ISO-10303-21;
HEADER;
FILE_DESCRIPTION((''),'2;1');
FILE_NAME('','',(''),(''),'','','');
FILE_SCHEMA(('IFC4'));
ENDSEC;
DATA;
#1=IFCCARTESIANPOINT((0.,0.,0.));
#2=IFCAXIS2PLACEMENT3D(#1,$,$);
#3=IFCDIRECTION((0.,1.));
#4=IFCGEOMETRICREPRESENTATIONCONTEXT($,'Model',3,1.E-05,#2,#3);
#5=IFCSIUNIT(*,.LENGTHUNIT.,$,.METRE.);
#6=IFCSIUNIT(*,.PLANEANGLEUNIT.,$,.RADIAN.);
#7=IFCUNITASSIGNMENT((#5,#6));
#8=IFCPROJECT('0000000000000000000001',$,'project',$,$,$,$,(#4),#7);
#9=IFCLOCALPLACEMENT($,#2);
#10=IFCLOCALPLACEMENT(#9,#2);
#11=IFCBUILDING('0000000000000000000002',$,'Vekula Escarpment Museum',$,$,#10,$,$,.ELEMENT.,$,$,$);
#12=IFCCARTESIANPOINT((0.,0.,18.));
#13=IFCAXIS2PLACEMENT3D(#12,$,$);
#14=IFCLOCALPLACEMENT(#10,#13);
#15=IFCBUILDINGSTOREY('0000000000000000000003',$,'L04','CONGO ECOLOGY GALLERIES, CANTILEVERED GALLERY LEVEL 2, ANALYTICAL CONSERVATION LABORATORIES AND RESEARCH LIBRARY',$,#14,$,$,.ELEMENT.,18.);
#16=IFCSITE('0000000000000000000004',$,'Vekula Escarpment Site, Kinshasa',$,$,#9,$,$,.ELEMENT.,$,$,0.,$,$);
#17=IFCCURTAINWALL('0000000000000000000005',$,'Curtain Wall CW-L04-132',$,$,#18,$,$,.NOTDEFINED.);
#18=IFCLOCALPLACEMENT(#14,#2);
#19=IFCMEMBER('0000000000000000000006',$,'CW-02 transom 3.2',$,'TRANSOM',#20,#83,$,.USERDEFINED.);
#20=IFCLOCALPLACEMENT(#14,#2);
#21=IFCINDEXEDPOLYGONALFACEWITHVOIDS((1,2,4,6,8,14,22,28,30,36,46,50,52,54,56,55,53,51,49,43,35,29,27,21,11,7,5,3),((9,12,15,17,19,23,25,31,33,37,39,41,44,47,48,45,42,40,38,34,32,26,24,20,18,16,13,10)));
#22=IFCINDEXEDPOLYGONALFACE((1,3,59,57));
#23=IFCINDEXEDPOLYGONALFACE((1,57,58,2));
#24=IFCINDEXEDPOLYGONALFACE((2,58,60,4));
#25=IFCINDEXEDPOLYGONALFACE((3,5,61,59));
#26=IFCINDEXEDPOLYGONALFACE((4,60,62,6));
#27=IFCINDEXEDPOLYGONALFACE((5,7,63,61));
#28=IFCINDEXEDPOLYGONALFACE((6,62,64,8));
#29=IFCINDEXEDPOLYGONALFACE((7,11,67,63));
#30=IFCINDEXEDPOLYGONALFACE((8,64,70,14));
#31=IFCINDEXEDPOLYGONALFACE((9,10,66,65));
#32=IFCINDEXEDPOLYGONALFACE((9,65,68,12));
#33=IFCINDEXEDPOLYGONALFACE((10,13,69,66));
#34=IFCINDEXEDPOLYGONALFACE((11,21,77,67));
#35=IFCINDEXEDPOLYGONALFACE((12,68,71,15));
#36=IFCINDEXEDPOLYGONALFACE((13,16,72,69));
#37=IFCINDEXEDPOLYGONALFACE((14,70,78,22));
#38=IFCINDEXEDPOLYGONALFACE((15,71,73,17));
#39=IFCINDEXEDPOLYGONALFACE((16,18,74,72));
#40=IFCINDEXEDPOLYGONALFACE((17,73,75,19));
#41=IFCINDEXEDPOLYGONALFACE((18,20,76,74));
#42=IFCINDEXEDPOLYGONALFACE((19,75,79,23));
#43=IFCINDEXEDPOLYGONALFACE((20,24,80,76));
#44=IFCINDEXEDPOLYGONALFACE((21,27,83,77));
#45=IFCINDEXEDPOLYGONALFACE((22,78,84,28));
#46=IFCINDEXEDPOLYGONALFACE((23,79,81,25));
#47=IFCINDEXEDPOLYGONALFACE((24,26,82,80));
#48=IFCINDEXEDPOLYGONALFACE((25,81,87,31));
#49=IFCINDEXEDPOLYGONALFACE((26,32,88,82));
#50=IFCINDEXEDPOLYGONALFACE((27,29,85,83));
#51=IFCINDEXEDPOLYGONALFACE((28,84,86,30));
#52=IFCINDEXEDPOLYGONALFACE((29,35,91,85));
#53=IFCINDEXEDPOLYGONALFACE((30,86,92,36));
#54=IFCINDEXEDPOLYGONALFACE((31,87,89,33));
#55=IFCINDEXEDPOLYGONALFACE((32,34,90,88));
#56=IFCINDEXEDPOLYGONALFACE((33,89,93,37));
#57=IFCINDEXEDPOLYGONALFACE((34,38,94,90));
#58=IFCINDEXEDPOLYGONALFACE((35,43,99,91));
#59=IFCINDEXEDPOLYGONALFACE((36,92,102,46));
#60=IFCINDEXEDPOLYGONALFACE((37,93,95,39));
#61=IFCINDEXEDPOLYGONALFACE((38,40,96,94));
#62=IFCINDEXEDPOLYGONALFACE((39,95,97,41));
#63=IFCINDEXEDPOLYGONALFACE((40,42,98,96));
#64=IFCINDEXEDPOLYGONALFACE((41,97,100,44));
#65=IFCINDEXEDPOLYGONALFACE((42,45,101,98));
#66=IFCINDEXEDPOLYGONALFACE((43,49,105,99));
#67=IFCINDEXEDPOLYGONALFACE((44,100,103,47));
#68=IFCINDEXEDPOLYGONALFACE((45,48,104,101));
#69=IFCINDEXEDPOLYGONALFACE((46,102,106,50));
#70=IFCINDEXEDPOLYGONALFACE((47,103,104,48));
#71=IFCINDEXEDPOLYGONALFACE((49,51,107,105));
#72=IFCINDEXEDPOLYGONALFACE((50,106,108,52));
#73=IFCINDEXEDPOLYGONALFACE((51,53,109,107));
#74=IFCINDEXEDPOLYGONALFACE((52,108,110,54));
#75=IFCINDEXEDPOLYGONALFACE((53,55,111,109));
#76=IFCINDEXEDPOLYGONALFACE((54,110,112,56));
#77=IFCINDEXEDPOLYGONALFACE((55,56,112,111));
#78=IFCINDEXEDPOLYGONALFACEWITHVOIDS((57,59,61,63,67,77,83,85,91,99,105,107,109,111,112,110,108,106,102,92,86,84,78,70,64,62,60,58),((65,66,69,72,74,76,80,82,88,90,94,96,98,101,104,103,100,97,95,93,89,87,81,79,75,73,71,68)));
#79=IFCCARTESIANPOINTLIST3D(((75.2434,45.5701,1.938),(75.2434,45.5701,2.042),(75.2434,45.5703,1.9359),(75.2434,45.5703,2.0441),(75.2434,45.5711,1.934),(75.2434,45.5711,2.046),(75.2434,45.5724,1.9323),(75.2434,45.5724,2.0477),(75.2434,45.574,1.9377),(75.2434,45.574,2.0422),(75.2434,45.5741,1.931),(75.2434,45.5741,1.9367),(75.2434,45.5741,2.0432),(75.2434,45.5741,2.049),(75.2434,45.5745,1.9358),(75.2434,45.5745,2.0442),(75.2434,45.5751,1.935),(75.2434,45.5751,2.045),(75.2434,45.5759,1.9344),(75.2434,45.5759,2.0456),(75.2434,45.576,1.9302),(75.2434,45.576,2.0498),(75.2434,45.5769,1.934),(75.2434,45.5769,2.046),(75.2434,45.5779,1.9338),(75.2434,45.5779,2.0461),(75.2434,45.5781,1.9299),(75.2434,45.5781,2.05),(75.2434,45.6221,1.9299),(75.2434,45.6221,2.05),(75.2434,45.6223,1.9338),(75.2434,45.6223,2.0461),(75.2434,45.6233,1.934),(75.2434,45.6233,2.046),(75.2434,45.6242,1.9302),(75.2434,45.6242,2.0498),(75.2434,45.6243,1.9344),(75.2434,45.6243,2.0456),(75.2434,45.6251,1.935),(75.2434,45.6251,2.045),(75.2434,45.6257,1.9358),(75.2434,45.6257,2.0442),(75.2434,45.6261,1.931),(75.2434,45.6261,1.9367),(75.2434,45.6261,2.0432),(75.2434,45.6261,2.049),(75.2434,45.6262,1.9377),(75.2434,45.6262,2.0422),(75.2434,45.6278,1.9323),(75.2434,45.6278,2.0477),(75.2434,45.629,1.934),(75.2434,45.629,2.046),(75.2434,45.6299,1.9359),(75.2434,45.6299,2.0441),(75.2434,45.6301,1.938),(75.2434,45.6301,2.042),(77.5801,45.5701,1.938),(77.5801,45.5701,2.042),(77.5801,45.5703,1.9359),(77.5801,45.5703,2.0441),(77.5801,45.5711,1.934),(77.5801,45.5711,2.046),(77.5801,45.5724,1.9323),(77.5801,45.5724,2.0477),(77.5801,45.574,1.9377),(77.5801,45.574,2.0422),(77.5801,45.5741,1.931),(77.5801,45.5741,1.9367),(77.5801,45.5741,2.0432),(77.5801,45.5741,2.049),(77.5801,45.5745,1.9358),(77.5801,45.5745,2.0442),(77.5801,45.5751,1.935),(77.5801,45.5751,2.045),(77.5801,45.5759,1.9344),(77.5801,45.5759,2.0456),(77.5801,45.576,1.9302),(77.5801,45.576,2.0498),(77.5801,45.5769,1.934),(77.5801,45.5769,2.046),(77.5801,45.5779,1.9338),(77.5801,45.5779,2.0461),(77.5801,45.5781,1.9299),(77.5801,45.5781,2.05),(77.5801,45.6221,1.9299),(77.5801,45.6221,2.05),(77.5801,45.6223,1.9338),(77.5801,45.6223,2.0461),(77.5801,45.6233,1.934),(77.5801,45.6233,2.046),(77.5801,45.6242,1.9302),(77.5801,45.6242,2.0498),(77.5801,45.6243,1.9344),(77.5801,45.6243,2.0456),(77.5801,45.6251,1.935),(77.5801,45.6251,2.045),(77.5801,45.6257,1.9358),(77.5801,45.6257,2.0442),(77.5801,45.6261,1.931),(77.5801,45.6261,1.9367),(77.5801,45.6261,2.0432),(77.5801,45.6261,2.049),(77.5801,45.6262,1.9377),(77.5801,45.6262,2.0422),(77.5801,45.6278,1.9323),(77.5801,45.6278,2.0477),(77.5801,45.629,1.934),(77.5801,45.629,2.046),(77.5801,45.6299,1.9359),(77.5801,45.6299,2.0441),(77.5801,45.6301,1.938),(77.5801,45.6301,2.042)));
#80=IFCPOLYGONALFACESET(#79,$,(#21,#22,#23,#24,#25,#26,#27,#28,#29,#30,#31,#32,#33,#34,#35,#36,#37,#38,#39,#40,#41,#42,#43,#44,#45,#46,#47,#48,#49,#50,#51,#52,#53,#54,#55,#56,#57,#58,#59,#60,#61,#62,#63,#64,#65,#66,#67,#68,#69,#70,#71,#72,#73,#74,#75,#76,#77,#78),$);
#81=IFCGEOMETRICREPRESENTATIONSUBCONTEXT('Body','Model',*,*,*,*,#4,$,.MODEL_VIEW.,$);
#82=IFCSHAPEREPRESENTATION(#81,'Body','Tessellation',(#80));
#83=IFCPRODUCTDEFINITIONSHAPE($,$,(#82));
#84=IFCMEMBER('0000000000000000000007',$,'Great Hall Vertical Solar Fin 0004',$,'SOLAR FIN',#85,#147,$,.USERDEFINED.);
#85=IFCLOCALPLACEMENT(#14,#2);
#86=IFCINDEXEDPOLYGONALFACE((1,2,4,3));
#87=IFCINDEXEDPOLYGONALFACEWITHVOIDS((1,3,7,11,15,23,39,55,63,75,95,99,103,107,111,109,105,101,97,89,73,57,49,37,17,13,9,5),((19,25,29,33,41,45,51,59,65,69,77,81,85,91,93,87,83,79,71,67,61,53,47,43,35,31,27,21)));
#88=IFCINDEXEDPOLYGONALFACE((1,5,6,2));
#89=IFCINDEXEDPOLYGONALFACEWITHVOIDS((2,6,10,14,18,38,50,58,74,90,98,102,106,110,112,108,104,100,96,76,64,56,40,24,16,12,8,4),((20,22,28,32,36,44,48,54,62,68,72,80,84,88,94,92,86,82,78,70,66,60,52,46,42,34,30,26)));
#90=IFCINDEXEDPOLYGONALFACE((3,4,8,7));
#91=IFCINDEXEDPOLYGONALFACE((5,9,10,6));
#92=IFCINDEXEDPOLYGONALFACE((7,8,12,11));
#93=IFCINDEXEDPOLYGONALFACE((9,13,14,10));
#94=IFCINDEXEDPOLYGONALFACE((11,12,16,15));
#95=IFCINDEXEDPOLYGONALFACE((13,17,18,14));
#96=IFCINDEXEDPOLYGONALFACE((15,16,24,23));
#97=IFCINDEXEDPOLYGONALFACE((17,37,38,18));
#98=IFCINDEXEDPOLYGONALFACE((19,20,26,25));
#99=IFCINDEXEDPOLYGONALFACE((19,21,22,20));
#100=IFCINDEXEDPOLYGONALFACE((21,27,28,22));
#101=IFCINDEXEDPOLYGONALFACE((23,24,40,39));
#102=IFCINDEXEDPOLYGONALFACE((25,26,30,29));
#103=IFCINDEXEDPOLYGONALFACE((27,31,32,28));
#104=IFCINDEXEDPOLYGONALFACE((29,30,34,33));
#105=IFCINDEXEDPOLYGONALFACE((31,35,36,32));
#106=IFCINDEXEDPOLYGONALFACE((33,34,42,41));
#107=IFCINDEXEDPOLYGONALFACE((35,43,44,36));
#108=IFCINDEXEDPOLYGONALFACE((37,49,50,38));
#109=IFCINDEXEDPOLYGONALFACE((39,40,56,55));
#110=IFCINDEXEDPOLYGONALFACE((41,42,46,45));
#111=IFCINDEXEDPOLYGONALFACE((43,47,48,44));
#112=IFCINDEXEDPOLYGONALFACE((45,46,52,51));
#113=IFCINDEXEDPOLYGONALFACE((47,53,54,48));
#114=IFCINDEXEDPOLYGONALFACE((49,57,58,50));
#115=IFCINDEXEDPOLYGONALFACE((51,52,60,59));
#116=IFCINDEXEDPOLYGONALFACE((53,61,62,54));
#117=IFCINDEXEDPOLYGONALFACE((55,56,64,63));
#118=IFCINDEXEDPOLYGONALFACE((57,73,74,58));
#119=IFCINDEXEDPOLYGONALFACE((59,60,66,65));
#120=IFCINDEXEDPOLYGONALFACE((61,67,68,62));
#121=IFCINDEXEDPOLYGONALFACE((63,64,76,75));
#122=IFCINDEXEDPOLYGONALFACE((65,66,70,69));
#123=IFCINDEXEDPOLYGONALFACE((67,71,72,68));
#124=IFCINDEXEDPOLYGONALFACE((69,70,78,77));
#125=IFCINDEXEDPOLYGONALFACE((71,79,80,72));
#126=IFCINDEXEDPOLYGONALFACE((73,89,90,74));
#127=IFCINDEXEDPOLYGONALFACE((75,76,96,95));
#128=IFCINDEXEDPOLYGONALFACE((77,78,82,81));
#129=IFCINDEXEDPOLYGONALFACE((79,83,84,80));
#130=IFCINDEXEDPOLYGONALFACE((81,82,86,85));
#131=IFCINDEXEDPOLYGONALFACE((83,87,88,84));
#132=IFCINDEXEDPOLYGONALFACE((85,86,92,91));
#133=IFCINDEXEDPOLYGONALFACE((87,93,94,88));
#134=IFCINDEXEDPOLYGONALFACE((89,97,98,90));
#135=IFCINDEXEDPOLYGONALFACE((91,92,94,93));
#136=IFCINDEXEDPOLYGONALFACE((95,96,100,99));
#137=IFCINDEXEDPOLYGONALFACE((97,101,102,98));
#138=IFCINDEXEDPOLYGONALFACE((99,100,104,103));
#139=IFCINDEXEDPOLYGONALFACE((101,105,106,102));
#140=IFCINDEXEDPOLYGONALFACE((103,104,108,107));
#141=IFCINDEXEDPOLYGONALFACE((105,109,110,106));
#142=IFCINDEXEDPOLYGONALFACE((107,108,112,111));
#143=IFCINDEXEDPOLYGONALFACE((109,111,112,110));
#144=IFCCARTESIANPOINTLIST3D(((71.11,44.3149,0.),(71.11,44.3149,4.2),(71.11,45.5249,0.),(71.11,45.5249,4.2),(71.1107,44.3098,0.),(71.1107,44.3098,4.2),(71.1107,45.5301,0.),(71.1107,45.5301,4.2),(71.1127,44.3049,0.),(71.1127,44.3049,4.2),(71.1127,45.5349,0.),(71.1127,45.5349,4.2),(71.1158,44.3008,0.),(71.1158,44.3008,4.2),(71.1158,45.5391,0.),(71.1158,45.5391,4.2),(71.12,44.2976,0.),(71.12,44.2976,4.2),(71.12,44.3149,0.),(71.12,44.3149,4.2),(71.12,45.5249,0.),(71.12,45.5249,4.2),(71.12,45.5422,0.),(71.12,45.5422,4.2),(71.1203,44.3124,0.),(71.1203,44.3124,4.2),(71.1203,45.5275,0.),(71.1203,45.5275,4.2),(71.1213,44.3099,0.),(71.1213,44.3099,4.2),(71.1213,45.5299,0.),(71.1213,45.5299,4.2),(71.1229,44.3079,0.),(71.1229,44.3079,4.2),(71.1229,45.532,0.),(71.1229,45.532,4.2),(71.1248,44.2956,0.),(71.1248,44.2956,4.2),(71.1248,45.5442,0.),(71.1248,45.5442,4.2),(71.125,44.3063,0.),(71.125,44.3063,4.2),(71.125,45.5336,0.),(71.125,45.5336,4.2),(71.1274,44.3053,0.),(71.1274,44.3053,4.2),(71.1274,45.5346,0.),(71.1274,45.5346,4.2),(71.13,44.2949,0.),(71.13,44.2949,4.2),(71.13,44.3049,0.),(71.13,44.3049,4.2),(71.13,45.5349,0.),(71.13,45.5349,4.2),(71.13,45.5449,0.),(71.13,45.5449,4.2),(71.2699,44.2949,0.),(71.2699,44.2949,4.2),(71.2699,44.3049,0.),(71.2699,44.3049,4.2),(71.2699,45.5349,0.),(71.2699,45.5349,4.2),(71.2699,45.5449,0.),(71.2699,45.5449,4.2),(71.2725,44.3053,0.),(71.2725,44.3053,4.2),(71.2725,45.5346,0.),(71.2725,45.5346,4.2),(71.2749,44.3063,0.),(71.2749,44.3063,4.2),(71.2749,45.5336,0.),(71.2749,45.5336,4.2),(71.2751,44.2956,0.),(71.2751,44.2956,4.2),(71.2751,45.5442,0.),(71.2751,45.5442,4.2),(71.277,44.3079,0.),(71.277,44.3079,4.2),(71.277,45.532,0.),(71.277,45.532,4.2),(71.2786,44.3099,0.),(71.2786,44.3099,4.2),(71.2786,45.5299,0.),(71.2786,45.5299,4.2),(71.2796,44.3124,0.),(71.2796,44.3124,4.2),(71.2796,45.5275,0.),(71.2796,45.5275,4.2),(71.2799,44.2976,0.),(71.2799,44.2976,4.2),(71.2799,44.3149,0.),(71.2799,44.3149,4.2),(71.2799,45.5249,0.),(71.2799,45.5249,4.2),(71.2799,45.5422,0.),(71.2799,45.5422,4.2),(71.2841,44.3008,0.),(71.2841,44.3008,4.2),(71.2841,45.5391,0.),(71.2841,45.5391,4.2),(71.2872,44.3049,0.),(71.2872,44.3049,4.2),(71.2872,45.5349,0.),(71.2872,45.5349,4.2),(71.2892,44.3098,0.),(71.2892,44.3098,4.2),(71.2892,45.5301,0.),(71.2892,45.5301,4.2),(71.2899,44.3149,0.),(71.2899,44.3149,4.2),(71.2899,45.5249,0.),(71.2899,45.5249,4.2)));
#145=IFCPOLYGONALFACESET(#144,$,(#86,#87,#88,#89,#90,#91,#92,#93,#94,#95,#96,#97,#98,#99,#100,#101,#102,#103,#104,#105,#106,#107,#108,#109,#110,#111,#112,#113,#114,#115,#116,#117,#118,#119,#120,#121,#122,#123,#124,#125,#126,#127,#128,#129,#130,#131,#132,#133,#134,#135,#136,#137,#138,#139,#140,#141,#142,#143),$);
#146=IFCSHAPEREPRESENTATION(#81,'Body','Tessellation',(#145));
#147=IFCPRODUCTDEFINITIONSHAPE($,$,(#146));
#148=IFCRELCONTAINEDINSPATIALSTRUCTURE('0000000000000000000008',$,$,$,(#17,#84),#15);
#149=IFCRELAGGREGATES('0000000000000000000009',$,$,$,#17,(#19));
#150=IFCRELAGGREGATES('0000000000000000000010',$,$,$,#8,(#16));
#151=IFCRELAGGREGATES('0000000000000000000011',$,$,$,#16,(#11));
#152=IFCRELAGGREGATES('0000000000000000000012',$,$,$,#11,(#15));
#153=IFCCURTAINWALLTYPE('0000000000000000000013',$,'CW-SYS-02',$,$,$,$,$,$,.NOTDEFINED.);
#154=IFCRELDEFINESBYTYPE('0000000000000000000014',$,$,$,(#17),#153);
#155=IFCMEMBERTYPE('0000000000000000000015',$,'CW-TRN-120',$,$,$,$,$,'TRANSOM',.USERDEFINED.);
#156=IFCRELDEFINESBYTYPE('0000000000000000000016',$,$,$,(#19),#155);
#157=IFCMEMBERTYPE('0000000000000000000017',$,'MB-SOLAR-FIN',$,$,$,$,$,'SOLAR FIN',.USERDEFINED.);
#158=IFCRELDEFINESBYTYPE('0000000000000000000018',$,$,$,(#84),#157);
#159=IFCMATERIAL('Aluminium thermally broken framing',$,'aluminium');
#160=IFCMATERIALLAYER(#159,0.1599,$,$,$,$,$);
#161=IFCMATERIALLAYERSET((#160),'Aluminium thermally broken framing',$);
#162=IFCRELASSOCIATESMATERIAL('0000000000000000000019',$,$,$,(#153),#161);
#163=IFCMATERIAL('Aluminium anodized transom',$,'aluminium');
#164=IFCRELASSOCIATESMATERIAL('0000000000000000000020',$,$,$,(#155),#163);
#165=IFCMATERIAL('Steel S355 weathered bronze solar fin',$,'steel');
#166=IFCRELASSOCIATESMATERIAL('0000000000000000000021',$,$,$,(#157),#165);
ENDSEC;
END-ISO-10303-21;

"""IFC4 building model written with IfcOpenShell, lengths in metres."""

from ifc_helpers import new_model, si_unit, direction, frame, origin, origin_2d, place, context, subcontext, project, spatial, hollow_rectangle, extrude, material, layer, layer_set, material_profile, profile_set, type_object, element, aggregate, save


model = new_model("IFC4")

# Units and contexts
model_context = context("Model", 3, precision=1e-05, world=origin(), true_north=direction((0.0, 1.0)))
body_context = subcontext(model_context, "Body", "Model", "MODEL_VIEW")
ifc_project = project(units=[si_unit("LENGTHUNIT", "METRE"), si_unit("PLANEANGLEUNIT", "RADIAN")], contexts=[model_context])

# Site, building, storey
site_placement = place(None, origin())
site = spatial("IfcSite", under=ifc_project, at=site_placement, Name="Vekula Escarpment Site, Kinshasa", CompositionType="ELEMENT", RefElevation=0.0)
building_placement = place(site_placement, origin())
building = spatial("IfcBuilding", under=site, at=building_placement, Name="Vekula Escarpment Museum", CompositionType="ELEMENT")
storey_placement = place(building_placement, frame((0.0, 0.0, 18.0)))
storey = spatial("IfcBuildingStorey", under=building, at=storey_placement, Name="L04", Description="CONGO ECOLOGY GALLERIES, CANTILEVERED GALLERY LEVEL 2, ANALYTICAL CONSERVATION LABORATORIES AND RESEARCH LIBRARY", CompositionType="ELEMENT", Elevation=18.0)

# Curtain wall
ifc_material_1 = material(Name="Aluminium thermally broken framing", Category="aluminium")
ifc_layer_1 = layer(ifc_material_1, 0.1599)
ifc_layer_set_1 = layer_set([ifc_layer_1], Name="Aluminium thermally broken framing")
curtain_wall_type_1 = type_object("IfcCurtainWallType", Name="CW-SYS-02", PredefinedType="NOTDEFINED", material=ifc_layer_set_1)
curtain_wall_1_placement = place(storey_placement, origin())
curtain_wall_1 = element("IfcCurtainWall", 1, at=curtain_wall_1_placement, inside=storey, type_object=curtain_wall_type_1, Name="Curtain Wall CW-L04-132", PredefinedType="NOTDEFINED")

# Member
ifc_material_2 = material(Name="Aluminium anodized transom", Category="aluminium")
ifc_material_profile_1 = material_profile(ifc_material_2, hollow_rectangle(XDim=0.0601, YDim=0.1201, WallThickness=0.0039, InnerFilletRadius=0.0039, OuterFilletRadius=0.0081, at=origin_2d()), Name="ALU 120x60x4")
ifc_profile_set_1 = profile_set([ifc_material_profile_1], Name="Aluminium anodized transom")
member_type_1 = type_object("IfcMemberType", Name="CW-TRN-120", ElementType="TRANSOM", PredefinedType="USERDEFINED", material=ifc_profile_set_1)
member_1_placement = place(storey_placement, frame((75.2434, 45.6001, 1.99), z_axis=(1.0, 0.0, 0.0), x_axis=(0.0, 1.0, 0.0)))
member_1 = element("IfcMember", 2, at=member_1_placement, type_object=member_type_1, Name="CW-02 transom 3.2", ObjectType="TRANSOM", PredefinedType="USERDEFINED", context=body_context, shape_type="SweptSolid", body=[
    extrude(hollow_rectangle(XDim=0.0601, YDim=0.1201, WallThickness=0.0039, InnerFilletRadius=0.0039, OuterFilletRadius=0.0081, at=origin_2d()), origin(), (0.0, 0.0, 1.0), 2.3367),
])

# Member
ifc_material_3 = material(Name="Steel S355 weathered bronze solar fin", Category="steel")
ifc_material_profile_2 = material_profile(ifc_material_3, hollow_rectangle(XDim=0.1799, YDim=1.25, WallThickness=0.01, InnerFilletRadius=0.01, OuterFilletRadius=0.02, at=origin_2d()), Name="RHS 1250x180x10")
ifc_profile_set_2 = profile_set([ifc_material_profile_2], Name="Steel S355 weathered bronze solar fin")
member_type_2 = type_object("IfcMemberType", Name="MB-SOLAR-FIN", ElementType="SOLAR FIN", PredefinedType="USERDEFINED", material=ifc_profile_set_2)
for number, where, z_axis, x_axis, name in (
    (3, (71.2, 44.9199, 0.0), (0.0, 0.0, 1.0), (1.0, 0.0, 0.0), "Great Hall Vertical Solar Fin 0004"),
):
    element("IfcMember", number, at=place(storey_placement, frame(where, z_axis=z_axis, x_axis=x_axis)), inside=storey, type_object=member_type_2, Name=name, ObjectType="SOLAR FIN", PredefinedType="USERDEFINED", context=body_context, shape_type="SweptSolid", body=[
        extrude(hollow_rectangle(XDim=0.1799, YDim=1.25, WallThickness=0.01, InnerFilletRadius=0.01, OuterFilletRadius=0.02, at=origin_2d()), origin(), (0.0, 0.0, 1.0), 4.2),
    ])

aggregate(curtain_wall_1, [member_1])

save(model, "model.ifc")
